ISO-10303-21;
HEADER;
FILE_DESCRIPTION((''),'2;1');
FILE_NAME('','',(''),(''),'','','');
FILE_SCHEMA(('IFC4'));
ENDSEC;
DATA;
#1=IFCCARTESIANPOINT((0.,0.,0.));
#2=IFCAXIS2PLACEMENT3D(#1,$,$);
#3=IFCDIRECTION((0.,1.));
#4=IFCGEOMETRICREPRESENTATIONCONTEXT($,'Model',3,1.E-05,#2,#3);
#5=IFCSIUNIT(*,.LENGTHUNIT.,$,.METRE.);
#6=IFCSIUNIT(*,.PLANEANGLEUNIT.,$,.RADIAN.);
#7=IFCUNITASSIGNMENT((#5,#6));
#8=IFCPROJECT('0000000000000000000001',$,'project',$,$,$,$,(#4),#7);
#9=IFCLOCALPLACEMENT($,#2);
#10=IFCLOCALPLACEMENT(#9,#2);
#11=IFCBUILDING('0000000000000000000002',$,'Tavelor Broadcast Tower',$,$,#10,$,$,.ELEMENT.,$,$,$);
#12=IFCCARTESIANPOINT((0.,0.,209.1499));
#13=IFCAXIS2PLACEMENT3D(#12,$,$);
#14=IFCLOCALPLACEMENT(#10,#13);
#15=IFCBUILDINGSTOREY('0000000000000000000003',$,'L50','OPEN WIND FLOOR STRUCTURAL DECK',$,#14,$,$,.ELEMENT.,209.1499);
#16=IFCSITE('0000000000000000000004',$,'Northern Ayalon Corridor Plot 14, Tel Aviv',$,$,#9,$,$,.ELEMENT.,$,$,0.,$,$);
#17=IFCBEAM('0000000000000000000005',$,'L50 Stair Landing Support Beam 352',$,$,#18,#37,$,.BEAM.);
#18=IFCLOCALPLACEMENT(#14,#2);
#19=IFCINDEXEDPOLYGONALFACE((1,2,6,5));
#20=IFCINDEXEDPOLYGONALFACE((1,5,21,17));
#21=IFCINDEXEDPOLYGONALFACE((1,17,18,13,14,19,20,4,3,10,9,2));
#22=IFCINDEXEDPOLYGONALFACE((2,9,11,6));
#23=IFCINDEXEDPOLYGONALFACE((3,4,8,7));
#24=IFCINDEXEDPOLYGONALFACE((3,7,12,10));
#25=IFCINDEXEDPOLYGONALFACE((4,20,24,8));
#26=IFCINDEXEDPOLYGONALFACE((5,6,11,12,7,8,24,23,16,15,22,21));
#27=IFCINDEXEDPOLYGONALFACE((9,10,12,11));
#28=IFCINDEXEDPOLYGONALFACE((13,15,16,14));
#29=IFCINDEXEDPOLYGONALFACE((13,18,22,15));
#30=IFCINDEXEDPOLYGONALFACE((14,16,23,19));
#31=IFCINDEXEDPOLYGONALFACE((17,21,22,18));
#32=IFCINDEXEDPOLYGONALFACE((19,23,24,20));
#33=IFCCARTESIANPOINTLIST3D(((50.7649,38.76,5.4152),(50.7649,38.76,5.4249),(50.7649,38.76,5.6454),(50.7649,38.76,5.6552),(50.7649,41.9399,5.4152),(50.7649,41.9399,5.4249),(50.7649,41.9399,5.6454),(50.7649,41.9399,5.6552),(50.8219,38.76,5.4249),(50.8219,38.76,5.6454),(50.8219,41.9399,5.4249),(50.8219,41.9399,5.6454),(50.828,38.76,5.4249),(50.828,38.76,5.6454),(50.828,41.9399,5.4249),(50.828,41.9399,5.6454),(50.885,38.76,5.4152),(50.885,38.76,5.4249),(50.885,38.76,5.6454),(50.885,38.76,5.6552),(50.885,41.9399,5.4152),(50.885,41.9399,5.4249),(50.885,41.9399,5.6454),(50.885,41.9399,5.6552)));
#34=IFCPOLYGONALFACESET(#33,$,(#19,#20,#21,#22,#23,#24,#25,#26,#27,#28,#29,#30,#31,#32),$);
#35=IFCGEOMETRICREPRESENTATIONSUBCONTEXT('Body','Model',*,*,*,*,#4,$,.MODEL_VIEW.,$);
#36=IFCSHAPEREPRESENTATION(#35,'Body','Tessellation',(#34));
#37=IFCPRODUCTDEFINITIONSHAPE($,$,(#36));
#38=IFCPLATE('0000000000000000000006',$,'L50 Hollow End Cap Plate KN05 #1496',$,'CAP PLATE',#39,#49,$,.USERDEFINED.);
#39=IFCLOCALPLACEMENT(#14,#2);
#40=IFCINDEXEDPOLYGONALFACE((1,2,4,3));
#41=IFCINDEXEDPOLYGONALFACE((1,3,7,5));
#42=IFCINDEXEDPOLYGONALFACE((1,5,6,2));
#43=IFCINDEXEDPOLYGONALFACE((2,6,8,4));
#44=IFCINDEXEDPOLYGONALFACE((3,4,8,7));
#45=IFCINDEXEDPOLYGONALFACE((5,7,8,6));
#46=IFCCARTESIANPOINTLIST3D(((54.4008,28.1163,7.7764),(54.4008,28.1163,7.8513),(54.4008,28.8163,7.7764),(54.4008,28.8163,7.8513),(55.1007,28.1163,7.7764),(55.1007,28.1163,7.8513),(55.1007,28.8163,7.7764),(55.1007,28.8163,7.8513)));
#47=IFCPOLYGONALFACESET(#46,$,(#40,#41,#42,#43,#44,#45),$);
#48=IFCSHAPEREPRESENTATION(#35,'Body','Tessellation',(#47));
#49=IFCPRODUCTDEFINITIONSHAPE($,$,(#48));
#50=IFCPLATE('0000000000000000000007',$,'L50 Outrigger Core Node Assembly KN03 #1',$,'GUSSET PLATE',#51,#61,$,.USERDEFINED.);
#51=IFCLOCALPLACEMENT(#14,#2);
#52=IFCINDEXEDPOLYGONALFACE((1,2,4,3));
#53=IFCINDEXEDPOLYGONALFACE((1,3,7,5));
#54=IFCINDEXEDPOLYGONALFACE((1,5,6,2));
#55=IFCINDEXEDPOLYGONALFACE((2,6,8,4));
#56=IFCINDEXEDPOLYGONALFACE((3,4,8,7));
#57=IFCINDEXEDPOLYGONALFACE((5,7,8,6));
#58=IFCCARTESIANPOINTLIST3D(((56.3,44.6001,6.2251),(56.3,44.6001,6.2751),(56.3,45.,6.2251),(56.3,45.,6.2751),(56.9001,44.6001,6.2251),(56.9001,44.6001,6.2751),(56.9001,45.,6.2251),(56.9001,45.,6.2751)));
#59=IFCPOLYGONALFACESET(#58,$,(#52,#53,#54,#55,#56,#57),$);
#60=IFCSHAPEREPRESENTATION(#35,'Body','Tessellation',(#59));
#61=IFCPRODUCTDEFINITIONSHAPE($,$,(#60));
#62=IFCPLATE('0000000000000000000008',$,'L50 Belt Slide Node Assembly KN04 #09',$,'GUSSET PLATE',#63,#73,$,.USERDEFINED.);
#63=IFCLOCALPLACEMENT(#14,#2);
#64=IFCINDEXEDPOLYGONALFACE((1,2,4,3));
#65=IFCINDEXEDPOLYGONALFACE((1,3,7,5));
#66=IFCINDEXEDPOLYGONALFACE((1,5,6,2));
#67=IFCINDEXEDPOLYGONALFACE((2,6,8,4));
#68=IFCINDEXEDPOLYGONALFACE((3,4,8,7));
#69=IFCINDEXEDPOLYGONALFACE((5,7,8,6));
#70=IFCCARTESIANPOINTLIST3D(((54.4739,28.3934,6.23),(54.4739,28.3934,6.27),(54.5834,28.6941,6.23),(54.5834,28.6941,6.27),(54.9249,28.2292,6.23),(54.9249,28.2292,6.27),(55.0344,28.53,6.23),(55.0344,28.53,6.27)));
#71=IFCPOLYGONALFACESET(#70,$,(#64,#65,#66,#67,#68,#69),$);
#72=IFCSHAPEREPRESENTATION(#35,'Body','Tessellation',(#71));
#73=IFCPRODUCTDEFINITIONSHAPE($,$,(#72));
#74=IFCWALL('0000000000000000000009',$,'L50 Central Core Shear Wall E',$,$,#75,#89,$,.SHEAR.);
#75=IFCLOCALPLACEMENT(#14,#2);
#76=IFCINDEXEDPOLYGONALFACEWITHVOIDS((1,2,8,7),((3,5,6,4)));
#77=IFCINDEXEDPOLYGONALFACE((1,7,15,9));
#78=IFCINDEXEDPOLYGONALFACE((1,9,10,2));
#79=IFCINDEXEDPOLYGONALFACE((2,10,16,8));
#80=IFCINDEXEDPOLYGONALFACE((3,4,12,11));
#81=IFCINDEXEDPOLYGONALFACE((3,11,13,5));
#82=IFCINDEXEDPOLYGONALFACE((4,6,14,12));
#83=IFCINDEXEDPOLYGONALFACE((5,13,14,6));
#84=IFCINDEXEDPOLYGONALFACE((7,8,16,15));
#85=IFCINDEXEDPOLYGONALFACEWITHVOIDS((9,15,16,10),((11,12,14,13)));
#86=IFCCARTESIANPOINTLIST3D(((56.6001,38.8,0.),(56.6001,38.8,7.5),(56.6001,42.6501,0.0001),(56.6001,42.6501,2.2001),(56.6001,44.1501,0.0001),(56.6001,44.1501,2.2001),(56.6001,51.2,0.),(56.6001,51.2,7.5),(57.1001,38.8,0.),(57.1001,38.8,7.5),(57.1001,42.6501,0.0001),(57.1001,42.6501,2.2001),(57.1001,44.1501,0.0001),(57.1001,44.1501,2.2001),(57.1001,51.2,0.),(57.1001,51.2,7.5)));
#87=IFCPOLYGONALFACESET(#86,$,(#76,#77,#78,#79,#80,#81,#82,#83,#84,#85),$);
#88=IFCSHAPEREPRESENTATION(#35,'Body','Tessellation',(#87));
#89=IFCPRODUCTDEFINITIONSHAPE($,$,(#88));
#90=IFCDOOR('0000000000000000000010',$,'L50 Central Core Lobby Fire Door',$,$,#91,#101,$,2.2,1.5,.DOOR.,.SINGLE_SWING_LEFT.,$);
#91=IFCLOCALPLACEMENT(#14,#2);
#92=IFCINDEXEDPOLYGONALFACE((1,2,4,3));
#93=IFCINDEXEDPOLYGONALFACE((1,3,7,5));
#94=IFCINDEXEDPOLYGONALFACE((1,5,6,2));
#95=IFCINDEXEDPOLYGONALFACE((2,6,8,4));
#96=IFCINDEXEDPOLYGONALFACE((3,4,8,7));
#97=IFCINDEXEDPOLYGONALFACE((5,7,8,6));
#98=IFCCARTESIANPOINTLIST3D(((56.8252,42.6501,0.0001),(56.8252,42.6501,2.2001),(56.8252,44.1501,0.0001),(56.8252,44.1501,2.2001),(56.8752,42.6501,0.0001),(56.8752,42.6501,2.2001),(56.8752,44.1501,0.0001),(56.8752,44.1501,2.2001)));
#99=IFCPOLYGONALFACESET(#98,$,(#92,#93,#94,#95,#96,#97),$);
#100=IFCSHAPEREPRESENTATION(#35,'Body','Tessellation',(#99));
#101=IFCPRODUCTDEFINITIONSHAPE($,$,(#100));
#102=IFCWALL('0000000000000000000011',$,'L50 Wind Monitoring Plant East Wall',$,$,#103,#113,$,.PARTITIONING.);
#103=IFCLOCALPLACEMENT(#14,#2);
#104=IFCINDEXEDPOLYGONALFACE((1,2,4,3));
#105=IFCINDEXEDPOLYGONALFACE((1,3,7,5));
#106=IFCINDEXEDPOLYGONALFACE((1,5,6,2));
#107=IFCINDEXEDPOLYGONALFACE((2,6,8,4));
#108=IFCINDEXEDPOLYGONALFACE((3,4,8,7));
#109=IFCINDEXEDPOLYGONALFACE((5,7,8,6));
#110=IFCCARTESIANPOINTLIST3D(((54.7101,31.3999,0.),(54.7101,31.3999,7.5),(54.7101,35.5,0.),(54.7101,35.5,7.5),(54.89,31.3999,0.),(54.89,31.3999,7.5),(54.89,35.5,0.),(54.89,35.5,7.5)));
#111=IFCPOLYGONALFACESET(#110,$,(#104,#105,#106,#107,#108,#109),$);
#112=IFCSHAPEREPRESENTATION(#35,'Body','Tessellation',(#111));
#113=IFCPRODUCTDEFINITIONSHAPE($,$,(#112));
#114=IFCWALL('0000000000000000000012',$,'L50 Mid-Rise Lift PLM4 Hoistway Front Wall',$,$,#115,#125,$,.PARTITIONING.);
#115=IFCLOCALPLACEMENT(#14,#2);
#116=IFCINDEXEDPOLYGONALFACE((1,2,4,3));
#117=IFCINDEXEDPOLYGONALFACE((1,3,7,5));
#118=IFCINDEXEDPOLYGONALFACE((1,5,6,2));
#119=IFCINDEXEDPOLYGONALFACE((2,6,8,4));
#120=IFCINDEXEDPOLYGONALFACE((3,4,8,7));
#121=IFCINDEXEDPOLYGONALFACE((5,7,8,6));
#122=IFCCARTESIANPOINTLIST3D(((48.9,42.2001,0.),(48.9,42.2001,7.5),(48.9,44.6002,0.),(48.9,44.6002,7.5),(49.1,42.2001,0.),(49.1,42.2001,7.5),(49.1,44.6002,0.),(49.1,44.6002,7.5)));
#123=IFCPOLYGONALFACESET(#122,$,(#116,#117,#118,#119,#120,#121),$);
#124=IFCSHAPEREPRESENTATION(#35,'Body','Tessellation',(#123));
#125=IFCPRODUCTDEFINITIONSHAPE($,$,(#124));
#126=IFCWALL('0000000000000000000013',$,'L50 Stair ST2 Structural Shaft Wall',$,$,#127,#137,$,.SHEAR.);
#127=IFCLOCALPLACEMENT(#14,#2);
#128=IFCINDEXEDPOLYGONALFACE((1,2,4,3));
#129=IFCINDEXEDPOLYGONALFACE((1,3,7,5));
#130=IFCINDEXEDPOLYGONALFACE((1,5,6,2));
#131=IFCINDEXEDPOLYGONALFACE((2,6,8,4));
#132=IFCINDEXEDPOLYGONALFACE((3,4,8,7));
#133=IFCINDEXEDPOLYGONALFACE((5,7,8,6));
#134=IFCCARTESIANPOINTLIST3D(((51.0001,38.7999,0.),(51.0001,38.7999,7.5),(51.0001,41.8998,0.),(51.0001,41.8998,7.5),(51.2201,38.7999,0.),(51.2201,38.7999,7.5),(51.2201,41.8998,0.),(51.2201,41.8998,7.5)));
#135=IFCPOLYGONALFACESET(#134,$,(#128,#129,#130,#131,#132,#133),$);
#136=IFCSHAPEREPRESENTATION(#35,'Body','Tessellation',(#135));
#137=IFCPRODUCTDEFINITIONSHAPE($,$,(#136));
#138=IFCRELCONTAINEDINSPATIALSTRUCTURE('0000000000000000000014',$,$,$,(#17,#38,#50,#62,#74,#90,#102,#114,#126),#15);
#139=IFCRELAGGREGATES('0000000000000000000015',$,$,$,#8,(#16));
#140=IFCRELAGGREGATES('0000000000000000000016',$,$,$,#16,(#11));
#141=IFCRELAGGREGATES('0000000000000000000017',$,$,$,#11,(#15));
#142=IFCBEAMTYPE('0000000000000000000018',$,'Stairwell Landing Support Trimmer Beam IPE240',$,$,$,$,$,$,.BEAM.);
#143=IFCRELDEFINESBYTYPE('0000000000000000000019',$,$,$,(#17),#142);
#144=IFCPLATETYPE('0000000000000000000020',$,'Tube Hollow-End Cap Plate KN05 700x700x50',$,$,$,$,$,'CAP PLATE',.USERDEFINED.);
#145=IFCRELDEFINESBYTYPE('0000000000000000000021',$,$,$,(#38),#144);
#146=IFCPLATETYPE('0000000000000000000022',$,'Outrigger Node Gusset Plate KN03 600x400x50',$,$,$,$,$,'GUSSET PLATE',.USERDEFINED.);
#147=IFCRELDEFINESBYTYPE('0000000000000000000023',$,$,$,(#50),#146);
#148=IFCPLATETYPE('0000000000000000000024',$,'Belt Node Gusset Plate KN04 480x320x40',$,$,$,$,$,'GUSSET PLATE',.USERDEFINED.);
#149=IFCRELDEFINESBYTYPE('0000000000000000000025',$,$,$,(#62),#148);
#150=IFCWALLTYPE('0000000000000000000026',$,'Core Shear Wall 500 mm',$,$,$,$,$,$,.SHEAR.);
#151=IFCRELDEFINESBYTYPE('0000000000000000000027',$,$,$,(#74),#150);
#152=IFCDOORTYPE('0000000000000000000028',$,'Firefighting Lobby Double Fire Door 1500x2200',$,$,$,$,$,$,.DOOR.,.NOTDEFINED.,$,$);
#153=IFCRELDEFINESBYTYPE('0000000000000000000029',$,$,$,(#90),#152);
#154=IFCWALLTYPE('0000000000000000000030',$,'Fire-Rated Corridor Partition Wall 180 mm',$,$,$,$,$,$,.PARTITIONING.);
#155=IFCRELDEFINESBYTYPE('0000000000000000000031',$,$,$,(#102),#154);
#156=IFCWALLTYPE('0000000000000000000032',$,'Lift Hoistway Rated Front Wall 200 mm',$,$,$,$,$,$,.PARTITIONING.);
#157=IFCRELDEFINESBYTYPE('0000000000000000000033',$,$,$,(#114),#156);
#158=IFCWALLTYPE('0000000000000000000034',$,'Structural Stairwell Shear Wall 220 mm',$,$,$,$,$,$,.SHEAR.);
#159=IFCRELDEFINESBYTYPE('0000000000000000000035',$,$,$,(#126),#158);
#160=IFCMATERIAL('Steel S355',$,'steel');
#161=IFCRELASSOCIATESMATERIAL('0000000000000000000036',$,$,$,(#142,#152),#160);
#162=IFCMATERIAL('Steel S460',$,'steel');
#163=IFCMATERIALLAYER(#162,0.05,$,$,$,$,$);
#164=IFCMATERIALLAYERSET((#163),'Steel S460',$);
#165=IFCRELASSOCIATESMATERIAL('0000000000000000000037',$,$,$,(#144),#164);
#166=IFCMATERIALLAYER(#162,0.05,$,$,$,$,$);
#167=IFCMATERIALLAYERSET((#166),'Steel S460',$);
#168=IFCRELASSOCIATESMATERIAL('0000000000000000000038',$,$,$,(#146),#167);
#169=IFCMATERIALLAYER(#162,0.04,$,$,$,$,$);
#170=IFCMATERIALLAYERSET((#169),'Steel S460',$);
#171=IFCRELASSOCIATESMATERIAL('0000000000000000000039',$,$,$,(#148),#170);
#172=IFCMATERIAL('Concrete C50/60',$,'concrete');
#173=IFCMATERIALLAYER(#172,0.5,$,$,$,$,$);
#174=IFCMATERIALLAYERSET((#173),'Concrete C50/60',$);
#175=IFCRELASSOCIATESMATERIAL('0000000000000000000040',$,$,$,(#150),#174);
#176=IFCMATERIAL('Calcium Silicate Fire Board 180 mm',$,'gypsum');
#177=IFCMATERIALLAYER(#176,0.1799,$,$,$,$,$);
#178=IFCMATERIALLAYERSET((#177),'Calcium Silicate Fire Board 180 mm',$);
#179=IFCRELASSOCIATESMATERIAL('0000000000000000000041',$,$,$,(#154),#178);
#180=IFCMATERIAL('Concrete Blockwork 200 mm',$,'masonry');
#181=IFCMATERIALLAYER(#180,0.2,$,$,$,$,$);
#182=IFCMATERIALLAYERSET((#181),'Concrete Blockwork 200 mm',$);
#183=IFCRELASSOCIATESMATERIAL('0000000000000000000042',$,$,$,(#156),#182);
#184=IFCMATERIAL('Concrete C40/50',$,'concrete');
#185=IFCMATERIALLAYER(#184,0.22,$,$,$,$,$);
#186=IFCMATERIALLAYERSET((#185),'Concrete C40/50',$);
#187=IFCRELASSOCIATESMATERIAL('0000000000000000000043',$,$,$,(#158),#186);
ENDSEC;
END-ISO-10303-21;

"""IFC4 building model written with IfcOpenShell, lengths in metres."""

from ifc_helpers import new_model, si_unit, direction, frame, frame_2d, origin, origin_2d, place, context, subcontext, project, spatial, rectangle, i_section, extrude, source, transform, mapped, material, layer, layer_set, material_profile, profile_set, type_object, type_shapes, element, fill, save


model = new_model("IFC4")

# Units and contexts
model_context = context("Model", 3, precision=1e-05, world=origin(), true_north=direction((0.0, 1.0)))
body_context = subcontext(model_context, "Body", "Model", "MODEL_VIEW")
ifc_project = project(units=[si_unit("LENGTHUNIT", "METRE"), si_unit("PLANEANGLEUNIT", "RADIAN")], contexts=[model_context])

# Site, building, storey
site_placement = place(None, origin())
site = spatial("IfcSite", under=ifc_project, at=site_placement, Name="Northern Ayalon Corridor Plot 14, Tel Aviv", CompositionType="ELEMENT", RefElevation=0.0)
building_placement = place(site_placement, origin())
building = spatial("IfcBuilding", under=site, at=building_placement, Name="Tavelor Broadcast Tower", CompositionType="ELEMENT")
storey_placement = place(building_placement, frame((0.0, 0.0, 209.1499)))
storey = spatial("IfcBuildingStorey", under=building, at=storey_placement, Name="L50", Description="OPEN WIND FLOOR STRUCTURAL DECK", CompositionType="ELEMENT", Elevation=209.1499)

# Shared definitions
ifc_material_1 = material(Name="Concrete C50/60", Category="concrete")

# Beam
ifc_material_2 = material(Name="Concrete C40/50", Category="concrete")
ifc_material_3 = material(Name="Steel S460", Category="steel")
ifc_material_4 = material(Name="Steel S355", Category="steel")
ifc_material_profile_1 = material_profile(ifc_material_4, i_section(OverallWidth=0.1201, OverallDepth=0.24, WebThickness=0.0061, FlangeThickness=0.0098, at=origin_2d()), Name="IPE 240")
ifc_profile_set_1 = profile_set([ifc_material_profile_1], Name="Steel S355")
beam_type_1 = type_object("IfcBeamType", Name="Stairwell Landing Support Trimmer Beam IPE240", PredefinedType="BEAM", material=ifc_profile_set_1)
for number, where, z_axis, x_axis, name in (
    (1, (50.825, 38.76, 5.5352), (0.0, 1.0, 0.0), (-1.0, 0.0, 0.0), "L50 Stair Landing Support Beam 352"),
):
    element("IfcBeam", number, at=place(storey_placement, frame(where, z_axis=z_axis, x_axis=x_axis)), inside=storey, type_object=beam_type_1, Name=name, PredefinedType="BEAM", context=body_context, shape_type="SweptSolid", body=[
        extrude(i_section(OverallWidth=0.1201, OverallDepth=0.24, WebThickness=0.0061, FlangeThickness=0.0098, at=origin_2d()), origin(), (0.0, 0.0, 1.0), 3.1799),
    ])

# Plates
ifc_layer_1 = layer(ifc_material_3, 0.05)
ifc_layer_set_1 = layer_set([ifc_layer_1], Name="Steel S460")
plate_type_1 = type_object("IfcPlateType", Name="Tube Hollow-End Cap Plate KN05 700x700x50", ElementType="CAP PLATE", PredefinedType="USERDEFINED", material=ifc_layer_set_1)
shared_shape_1 = source(origin(), body_context, "Body", "SweptSolid", [
    extrude(rectangle(XDim=0.7, YDim=0.7, at=origin_2d()), origin(), (0.0, 0.0, 1.0), 0.075),
])
type_shapes(plate_type_1, [shared_shape_1])
plate_1_placement = place(storey_placement, frame((54.7507, 28.4663, 7.7764), z_axis=(0.0, 0.0, 1.0), x_axis=(1.0, 0.0, 0.0)))
element("IfcPlate", 2, at=plate_1_placement, inside=storey, type_object=plate_type_1, Name="L50 Hollow End Cap Plate KN05 #1496", ObjectType="CAP PLATE", PredefinedType="USERDEFINED", context=body_context, shape_type="MappedRepresentation", body=[
    mapped(shared_shape_1, transform((0.0, 0.0, 0.0), scale=1.0)),
])
ifc_layer_2 = layer(ifc_material_3, 0.05)
ifc_layer_set_2 = layer_set([ifc_layer_2], Name="Steel S460")
plate_type_2 = type_object("IfcPlateType", Name="Outrigger Node Gusset Plate KN03 600x400x50", ElementType="GUSSET PLATE", PredefinedType="USERDEFINED", material=ifc_layer_set_2)
shared_shape_2 = source(origin(), body_context, "Body", "SweptSolid", [
    extrude(rectangle(XDim=0.6001, YDim=0.3999, at=origin_2d()), origin(), (0.0, 0.0, 1.0), 0.05),
])
type_shapes(plate_type_2, [shared_shape_2])
plate_2_placement = place(storey_placement, frame((56.6001, 44.8, 6.2251), z_axis=(0.0, 0.0, 1.0), x_axis=(1.0, 0.0, 0.0)))
element("IfcPlate", 3, at=plate_2_placement, inside=storey, type_object=plate_type_2, Name="L50 Outrigger Core Node Assembly KN03 #1", ObjectType="GUSSET PLATE", PredefinedType="USERDEFINED", context=body_context, shape_type="MappedRepresentation", body=[
    mapped(shared_shape_2, transform((0.0, 0.0, 0.0), scale=1.0)),
])
ifc_layer_3 = layer(ifc_material_3, 0.04)
ifc_layer_set_3 = layer_set([ifc_layer_3], Name="Steel S460")
plate_type_3 = type_object("IfcPlateType", Name="Belt Node Gusset Plate KN04 480x320x40", ElementType="GUSSET PLATE", PredefinedType="USERDEFINED", material=ifc_layer_set_3)
shared_shape_3 = source(origin(), body_context, "Body", "SweptSolid", [
    extrude(rectangle(XDim=0.48, YDim=0.3201, at=origin_2d()), origin(), (0.0, 0.0, 1.0), 0.04),
])
type_shapes(plate_type_3, [shared_shape_3])
plate_3_placement = place(storey_placement, frame((54.7542, 28.4617, 6.23), z_axis=(0.0, 0.0, 1.0), x_axis=(-0.939693, 0.34202, 0.0)))
element("IfcPlate", 4, at=plate_3_placement, inside=storey, type_object=plate_type_3, Name="L50 Belt Slide Node Assembly KN04 #09", ObjectType="GUSSET PLATE", PredefinedType="USERDEFINED", context=body_context, shape_type="MappedRepresentation", body=[
    mapped(shared_shape_3, transform((0.0, 0.0, 0.0), scale=1.0)),
])

# Wall, opening, door
ifc_layer_4 = layer(ifc_material_1, 0.5)
ifc_layer_set_4 = layer_set([ifc_layer_4], Name="Concrete C50/60")
wall_type_1 = type_object("IfcWallType", Name="Core Shear Wall 500 mm", PredefinedType="SHEAR", material=ifc_layer_set_4)
wall_1_placement = place(storey_placement, frame((56.8501, 38.8, 0.0), z_axis=(0.0, 0.0, 1.0), x_axis=(0.0, 1.0, 0.0)))
wall_1 = element("IfcWall", 5, at=wall_1_placement, inside=storey, type_object=wall_type_1, Name="L50 Central Core Shear Wall E", PredefinedType="SHEAR", context=body_context, shape_type="SweptSolid", body=[
    extrude(rectangle(XDim=12.3999, YDim=0.5, at=frame_2d((6.2, 0.0))), origin(), (0.0, 0.0, 1.0), 7.5),
])
opening_placement = place(wall_1_placement, frame((3.8501, 0.0, 0.0)))
opening = element("IfcOpeningElement", 6, at=opening_placement, cuts=wall_1, PredefinedType="OPENING", context=body_context, shape_type="SweptSolid", body=[
    extrude(rectangle(XDim=1.5, YDim=2.2, at=frame_2d((0.75, 1.1001))), frame((0.0, 0.26, 0.0), z_axis=(0.0, -1.0, 0.0), x_axis=(1.0, 0.0, 0.0)), (0.0, 0.0, 1.0), 0.52),
])
door_type = type_object("IfcDoorType", Name="Firefighting Lobby Double Fire Door 1500x2200", OperationType="NOTDEFINED", PredefinedType="DOOR", material=ifc_material_4)
door_placement = place(opening_placement, origin())
door = element("IfcDoor", 7, at=door_placement, inside=storey, type_object=door_type, Name="L50 Central Core Lobby Fire Door", OperationType="SINGLE_SWING_LEFT", OverallHeight=2.2, OverallWidth=1.5, PredefinedType="DOOR", context=body_context, shape_type="SweptSolid", body=[
    extrude(rectangle(XDim=1.5, YDim=2.2, at=frame_2d((0.75, 1.1001))), frame((0.0, 0.0249, 0.0), z_axis=(0.0, -1.0, 0.0), x_axis=(1.0, 0.0, 0.0)), (0.0, 0.0, 1.0), 0.05),
])
fill(opening, door)

# Walls
ifc_material_5 = material(Name="Calcium Silicate Fire Board 180 mm", Category="gypsum")
ifc_layer_5 = layer(ifc_material_5, 0.1799)
ifc_layer_set_5 = layer_set([ifc_layer_5], Name="Calcium Silicate Fire Board 180 mm")
wall_type_2 = type_object("IfcWallType", Name="Fire-Rated Corridor Partition Wall 180 mm", PredefinedType="PARTITIONING", material=ifc_layer_set_5)
wall_2_placement = place(storey_placement, frame((54.8, 31.3999, 0.0), z_axis=(0.0, 0.0, 1.0), x_axis=(0.0, 1.0, 0.0)))
element("IfcWall", 8, at=wall_2_placement, inside=storey, type_object=wall_type_2, Name="L50 Wind Monitoring Plant East Wall", PredefinedType="PARTITIONING", context=body_context, shape_type="SweptSolid", body=[
    extrude(rectangle(XDim=4.1001, YDim=0.1799, at=frame_2d((2.05, 0.0))), origin(), (0.0, 0.0, 1.0), 7.5),
])
ifc_material_6 = material(Name="Concrete Blockwork 200 mm", Category="masonry")
ifc_layer_6 = layer(ifc_material_6, 0.2)
ifc_layer_set_6 = layer_set([ifc_layer_6], Name="Concrete Blockwork 200 mm")
wall_type_3 = type_object("IfcWallType", Name="Lift Hoistway Rated Front Wall 200 mm", PredefinedType="PARTITIONING", material=ifc_layer_set_6)
wall_3_placement = place(storey_placement, frame((49.0, 42.2, 0.0), z_axis=(0.0, 0.0, 1.0), x_axis=(0.0, 1.0, 0.0)))
element("IfcWall", 9, at=wall_3_placement, inside=storey, type_object=wall_type_3, Name="L50 Mid-Rise Lift PLM4 Hoistway Front Wall", PredefinedType="PARTITIONING", context=body_context, shape_type="SweptSolid", body=[
    extrude(rectangle(XDim=2.4001, YDim=0.2, at=frame_2d((1.2002, 0.0))), origin(), (0.0, 0.0, 1.0), 7.5),
])
ifc_layer_7 = layer(ifc_material_2, 0.22)
ifc_layer_set_7 = layer_set([ifc_layer_7], Name="Concrete C40/50")
wall_type_4 = type_object("IfcWallType", Name="Structural Stairwell Shear Wall 220 mm", PredefinedType="SHEAR", material=ifc_layer_set_7)
wall_4_placement = place(storey_placement, frame((51.1101, 38.8, 0.0), z_axis=(0.0, 0.0, 1.0), x_axis=(0.0, 1.0, 0.0)))
element("IfcWall", 10, at=wall_4_placement, inside=storey, type_object=wall_type_4, Name="L50 Stair ST2 Structural Shaft Wall", PredefinedType="SHEAR", context=body_context, shape_type="SweptSolid", body=[
    extrude(rectangle(XDim=3.0999, YDim=0.22, at=frame_2d((1.5498, 0.0))), origin(), (0.0, 0.0, 1.0), 7.5),
])

save(model, "model.ifc")
